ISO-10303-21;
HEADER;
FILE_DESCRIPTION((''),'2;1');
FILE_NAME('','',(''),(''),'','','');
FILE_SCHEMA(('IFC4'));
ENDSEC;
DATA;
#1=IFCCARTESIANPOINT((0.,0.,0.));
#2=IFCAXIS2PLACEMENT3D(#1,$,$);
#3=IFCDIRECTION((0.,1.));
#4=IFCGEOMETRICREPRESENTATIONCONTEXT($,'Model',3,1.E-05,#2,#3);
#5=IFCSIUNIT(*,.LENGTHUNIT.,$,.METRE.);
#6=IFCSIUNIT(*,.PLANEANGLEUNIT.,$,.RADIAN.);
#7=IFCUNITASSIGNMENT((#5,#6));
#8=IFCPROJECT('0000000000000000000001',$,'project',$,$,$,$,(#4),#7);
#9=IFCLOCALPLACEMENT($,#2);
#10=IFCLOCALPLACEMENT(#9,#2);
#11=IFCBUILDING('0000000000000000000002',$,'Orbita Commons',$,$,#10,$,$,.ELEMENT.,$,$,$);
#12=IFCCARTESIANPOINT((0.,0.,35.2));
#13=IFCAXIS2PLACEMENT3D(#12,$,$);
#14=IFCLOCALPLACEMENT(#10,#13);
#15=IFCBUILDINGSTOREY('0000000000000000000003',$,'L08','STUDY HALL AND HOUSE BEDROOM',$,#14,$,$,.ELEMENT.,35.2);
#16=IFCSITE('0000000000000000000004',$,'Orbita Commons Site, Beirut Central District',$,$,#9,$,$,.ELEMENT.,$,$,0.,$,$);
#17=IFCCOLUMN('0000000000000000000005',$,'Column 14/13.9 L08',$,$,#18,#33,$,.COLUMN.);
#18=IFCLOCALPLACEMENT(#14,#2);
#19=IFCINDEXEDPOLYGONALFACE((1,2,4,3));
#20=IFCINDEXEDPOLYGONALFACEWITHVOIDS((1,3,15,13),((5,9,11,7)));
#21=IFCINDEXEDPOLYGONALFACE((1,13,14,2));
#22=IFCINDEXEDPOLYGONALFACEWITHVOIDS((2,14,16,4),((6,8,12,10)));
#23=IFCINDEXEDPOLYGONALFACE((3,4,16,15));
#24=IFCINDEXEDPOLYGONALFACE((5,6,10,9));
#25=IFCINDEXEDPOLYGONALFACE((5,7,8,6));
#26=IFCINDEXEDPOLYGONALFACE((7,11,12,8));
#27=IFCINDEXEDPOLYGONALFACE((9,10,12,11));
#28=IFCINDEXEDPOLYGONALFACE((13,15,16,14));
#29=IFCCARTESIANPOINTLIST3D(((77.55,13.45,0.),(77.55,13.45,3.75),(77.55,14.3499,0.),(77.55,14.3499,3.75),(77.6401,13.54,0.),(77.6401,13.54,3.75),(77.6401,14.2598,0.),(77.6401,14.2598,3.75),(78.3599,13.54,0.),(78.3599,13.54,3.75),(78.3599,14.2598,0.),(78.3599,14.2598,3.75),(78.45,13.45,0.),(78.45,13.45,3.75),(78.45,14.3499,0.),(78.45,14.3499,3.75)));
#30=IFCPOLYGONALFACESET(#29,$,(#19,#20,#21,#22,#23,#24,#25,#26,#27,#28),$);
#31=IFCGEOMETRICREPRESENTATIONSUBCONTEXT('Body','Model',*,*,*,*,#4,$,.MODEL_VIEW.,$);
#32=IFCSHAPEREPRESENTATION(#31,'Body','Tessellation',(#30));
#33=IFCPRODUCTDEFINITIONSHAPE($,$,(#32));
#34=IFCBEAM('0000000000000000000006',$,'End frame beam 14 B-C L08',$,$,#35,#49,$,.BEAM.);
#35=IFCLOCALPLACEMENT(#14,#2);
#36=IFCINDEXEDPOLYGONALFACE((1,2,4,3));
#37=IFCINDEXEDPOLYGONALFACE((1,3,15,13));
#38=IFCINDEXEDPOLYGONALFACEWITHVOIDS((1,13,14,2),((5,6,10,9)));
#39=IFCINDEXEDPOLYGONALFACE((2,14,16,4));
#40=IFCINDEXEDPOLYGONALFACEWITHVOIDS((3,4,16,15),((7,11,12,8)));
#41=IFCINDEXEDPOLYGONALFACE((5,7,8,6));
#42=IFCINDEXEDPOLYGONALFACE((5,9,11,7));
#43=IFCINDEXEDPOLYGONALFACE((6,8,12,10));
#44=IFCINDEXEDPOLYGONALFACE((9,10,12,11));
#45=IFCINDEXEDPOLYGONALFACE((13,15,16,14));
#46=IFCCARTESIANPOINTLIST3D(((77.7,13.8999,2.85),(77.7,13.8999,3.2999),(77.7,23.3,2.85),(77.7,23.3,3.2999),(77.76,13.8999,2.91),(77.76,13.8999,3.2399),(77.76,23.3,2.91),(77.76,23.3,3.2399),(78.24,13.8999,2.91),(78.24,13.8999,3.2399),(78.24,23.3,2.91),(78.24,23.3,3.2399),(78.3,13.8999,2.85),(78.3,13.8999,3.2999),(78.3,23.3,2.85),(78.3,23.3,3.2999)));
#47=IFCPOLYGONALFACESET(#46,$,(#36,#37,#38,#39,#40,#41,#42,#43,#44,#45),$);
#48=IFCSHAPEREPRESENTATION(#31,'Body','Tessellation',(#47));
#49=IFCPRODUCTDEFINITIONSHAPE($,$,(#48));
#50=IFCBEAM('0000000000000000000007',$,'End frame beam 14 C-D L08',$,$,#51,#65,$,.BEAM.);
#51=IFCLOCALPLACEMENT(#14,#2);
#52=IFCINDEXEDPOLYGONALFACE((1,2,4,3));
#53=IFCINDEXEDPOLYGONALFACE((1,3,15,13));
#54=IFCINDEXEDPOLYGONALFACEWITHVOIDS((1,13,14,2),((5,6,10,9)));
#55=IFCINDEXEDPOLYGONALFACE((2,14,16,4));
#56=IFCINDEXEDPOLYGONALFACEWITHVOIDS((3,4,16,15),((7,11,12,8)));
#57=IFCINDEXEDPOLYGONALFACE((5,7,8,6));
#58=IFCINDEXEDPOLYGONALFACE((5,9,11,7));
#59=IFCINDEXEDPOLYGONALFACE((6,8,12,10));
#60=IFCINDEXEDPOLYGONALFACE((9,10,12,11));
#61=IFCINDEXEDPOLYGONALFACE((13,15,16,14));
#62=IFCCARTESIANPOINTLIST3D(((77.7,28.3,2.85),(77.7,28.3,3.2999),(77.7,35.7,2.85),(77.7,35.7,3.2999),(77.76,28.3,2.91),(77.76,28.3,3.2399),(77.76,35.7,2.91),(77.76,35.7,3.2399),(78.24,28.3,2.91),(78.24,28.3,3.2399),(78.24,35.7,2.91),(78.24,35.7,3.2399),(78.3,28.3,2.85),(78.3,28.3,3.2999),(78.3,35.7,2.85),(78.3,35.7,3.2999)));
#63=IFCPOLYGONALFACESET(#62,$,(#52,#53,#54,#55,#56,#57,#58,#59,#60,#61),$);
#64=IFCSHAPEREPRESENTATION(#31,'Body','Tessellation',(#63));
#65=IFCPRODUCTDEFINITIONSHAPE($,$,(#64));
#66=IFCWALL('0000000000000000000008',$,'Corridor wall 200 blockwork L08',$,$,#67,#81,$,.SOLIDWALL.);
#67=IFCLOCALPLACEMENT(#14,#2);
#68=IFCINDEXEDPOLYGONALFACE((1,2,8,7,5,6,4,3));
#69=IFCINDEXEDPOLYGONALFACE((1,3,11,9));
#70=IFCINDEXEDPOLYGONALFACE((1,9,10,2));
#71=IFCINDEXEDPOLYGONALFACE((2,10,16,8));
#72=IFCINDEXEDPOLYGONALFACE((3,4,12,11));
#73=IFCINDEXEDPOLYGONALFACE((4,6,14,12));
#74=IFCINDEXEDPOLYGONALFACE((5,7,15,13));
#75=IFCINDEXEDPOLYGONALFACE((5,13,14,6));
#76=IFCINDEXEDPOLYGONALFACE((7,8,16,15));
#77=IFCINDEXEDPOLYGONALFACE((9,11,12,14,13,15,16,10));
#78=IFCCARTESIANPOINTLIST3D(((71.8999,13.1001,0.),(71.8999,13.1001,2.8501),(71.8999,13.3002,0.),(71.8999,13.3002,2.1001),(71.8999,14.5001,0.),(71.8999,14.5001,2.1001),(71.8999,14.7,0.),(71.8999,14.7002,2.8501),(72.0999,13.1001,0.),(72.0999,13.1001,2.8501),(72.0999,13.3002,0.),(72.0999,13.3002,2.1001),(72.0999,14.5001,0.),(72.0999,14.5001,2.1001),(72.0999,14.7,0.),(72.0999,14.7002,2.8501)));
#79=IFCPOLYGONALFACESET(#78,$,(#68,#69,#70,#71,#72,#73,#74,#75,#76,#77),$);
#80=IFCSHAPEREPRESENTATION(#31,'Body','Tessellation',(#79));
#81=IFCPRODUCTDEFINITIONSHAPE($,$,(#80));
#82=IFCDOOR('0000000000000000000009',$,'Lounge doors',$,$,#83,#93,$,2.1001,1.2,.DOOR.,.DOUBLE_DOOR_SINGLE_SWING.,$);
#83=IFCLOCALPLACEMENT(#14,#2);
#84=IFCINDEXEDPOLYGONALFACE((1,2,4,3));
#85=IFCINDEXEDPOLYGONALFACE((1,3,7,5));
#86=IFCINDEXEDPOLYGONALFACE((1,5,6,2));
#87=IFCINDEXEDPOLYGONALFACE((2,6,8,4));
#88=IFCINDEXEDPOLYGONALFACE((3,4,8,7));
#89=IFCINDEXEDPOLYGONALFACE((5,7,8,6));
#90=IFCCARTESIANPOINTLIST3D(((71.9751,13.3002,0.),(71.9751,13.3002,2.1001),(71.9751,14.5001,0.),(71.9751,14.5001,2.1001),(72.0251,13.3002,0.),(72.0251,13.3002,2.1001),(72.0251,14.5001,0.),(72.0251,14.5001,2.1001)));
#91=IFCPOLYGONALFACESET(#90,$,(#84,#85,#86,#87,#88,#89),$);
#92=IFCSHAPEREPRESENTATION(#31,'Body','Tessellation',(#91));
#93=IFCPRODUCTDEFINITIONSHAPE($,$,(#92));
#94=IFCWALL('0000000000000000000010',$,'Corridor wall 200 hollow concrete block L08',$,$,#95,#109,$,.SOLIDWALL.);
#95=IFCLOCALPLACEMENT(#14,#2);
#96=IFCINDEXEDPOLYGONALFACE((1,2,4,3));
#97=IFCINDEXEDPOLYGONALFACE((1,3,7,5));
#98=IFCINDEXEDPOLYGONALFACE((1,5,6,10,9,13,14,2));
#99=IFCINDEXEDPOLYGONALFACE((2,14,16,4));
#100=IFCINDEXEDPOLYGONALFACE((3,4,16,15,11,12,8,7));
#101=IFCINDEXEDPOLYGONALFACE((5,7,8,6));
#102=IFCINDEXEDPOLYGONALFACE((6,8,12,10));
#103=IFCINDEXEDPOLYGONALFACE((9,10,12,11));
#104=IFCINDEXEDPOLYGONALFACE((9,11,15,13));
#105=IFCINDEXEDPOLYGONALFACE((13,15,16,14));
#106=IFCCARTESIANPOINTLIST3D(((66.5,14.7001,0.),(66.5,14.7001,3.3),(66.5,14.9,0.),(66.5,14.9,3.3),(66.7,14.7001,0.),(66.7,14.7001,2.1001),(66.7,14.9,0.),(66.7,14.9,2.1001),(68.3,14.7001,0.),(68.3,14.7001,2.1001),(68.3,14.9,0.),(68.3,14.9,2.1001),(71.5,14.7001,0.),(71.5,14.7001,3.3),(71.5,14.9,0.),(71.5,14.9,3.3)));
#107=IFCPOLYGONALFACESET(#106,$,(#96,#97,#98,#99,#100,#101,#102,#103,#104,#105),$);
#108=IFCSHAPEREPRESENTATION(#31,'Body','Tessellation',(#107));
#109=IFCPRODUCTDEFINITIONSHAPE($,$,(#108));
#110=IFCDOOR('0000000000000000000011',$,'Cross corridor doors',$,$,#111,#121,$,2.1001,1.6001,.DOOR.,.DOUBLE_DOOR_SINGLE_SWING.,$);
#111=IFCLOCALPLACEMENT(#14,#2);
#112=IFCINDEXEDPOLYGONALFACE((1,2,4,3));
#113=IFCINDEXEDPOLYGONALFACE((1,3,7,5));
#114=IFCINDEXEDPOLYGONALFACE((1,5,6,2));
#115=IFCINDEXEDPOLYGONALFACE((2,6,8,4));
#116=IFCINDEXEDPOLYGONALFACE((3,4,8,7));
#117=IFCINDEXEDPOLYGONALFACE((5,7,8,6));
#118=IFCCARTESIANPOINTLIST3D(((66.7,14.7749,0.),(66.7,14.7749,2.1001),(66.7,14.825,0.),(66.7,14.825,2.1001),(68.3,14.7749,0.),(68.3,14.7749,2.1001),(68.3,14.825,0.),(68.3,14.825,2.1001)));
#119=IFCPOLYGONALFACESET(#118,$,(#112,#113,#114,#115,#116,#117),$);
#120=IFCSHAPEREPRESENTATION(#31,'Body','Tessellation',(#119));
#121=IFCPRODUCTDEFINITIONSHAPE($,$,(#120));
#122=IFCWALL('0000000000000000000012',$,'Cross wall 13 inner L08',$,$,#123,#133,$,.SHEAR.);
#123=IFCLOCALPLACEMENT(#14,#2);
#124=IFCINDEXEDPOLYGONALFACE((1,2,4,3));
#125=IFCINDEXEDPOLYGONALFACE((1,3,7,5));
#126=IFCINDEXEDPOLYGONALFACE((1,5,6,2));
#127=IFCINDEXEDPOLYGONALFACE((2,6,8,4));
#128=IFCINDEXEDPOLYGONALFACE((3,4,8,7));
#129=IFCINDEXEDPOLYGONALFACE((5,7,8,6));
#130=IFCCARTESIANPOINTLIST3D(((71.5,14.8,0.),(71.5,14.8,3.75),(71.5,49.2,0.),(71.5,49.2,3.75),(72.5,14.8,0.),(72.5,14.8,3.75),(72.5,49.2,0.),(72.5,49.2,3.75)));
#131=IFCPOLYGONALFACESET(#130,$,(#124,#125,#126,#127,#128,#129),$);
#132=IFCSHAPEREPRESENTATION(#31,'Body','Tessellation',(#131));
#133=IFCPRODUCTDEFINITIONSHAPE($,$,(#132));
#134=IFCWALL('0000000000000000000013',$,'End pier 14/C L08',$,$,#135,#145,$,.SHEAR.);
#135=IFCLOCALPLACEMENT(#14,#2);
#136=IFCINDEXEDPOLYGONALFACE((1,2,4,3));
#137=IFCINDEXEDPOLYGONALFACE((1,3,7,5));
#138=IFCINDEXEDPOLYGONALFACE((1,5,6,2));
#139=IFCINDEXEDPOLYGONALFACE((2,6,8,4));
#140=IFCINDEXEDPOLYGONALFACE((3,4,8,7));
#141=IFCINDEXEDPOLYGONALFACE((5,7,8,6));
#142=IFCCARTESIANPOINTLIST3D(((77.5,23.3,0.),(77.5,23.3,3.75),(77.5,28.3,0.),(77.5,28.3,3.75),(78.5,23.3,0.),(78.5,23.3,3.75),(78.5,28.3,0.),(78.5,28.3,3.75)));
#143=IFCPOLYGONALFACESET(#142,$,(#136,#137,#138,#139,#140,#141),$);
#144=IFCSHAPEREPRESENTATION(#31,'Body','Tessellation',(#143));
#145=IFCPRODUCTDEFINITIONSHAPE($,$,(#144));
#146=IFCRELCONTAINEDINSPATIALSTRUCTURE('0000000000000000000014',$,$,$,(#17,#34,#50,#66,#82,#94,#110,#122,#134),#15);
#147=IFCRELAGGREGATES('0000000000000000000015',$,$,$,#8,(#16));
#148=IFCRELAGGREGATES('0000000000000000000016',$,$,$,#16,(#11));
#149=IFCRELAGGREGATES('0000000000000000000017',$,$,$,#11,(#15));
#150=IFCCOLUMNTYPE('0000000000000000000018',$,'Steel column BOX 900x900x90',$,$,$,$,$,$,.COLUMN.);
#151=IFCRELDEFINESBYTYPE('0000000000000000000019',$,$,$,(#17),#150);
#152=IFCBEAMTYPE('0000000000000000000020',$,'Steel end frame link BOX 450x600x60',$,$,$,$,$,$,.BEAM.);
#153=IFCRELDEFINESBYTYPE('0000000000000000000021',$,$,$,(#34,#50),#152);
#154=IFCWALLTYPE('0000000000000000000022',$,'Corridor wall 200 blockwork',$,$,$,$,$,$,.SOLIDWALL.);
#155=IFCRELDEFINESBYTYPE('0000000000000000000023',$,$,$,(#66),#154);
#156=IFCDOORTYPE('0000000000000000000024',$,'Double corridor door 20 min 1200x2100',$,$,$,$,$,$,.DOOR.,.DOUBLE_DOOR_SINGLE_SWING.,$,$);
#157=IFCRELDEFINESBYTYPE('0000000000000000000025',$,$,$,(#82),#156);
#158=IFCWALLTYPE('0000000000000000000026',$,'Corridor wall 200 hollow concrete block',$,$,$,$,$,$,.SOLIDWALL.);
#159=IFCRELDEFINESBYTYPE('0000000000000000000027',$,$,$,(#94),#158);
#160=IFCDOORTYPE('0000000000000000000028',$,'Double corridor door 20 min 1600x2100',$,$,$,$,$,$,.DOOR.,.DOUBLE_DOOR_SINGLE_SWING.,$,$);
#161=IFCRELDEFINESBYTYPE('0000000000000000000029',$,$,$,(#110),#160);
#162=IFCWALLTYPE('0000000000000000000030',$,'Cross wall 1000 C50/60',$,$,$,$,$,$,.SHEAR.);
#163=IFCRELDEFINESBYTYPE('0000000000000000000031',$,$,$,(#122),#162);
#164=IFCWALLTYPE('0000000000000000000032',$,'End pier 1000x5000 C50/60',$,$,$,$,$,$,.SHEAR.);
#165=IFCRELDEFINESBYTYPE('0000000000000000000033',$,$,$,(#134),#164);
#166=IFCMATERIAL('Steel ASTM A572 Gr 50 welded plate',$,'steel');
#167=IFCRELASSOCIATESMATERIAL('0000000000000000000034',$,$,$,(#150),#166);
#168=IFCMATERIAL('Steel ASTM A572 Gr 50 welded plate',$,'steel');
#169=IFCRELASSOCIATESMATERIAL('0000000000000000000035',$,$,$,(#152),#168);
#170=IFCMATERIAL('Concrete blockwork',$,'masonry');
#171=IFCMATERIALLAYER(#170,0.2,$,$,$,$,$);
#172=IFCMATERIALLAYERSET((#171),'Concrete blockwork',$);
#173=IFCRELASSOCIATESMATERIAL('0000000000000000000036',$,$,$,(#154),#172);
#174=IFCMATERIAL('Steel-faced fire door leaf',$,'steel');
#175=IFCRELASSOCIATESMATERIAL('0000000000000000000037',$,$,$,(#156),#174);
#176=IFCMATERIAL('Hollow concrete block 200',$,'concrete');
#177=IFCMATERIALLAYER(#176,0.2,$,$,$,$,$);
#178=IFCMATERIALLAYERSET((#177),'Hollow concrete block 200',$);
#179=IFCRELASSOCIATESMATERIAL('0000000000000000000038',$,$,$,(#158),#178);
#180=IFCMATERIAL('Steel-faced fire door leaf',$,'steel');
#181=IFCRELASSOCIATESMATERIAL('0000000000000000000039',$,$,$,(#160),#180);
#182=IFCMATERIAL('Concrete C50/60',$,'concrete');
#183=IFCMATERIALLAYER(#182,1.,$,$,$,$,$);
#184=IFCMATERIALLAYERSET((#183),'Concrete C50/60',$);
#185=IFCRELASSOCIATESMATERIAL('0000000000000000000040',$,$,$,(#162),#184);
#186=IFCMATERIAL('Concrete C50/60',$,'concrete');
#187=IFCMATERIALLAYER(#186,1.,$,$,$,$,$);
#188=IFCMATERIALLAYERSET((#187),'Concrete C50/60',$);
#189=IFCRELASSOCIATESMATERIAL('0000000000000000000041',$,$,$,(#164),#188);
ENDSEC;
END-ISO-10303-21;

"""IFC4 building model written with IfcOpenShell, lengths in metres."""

from ifc_helpers import new_model, si_unit, direction, frame, frame_2d, origin, origin_2d, place, context, subcontext, project, spatial, polyline, rectangle, hollow_rectangle, outline, extrude, material, layer, layer_set, material_profile, profile_set, type_object, element, fill, save


model = new_model("IFC4")

# Units and contexts
model_context = context("Model", 3, precision=1e-05, world=origin(), true_north=direction((0.0, 1.0)))
body_context = subcontext(model_context, "Body", "Model", "MODEL_VIEW")
ifc_project = project(units=[si_unit("LENGTHUNIT", "METRE"), si_unit("PLANEANGLEUNIT", "RADIAN")], contexts=[model_context])

# Site, building, storey
site_placement = place(None, origin())
site = spatial("IfcSite", under=ifc_project, at=site_placement, Name="Orbita Commons Site, Beirut Central District", CompositionType="ELEMENT", RefElevation=0.0)
building_placement = place(site_placement, origin())
building = spatial("IfcBuilding", under=site, at=building_placement, Name="Orbita Commons", CompositionType="ELEMENT")
storey_placement = place(building_placement, frame((0.0, 0.0, 35.2)))
storey = spatial("IfcBuildingStorey", under=building, at=storey_placement, Name="L08", Description="STUDY HALL AND HOUSE BEDROOM", CompositionType="ELEMENT", Elevation=35.2)

# Column
ifc_material_1 = material(Name="Steel ASTM A572 Gr 50 welded plate", Category="steel")
ifc_material_profile_1 = material_profile(ifc_material_1, hollow_rectangle(XDim=0.8999, YDim=0.8999, WallThickness=0.0901, at=origin_2d()), Name="BOX 900x900x90")
ifc_profile_set_1 = profile_set([ifc_material_profile_1], Name="Steel ASTM A572 Gr 50 welded plate")
column_type = type_object("IfcColumnType", Name="Steel column BOX 900x900x90", PredefinedType="COLUMN", material=ifc_profile_set_1)
column_placement = place(storey_placement, frame((78.0, 13.8999, 0.0), z_axis=(0.0, 0.0, 1.0), x_axis=(1.0, 0.0, 0.0)))
element("IfcColumn", 1, at=column_placement, inside=storey, type_object=column_type, Name="Column 14/13.9 L08", PredefinedType="COLUMN", context=body_context, shape_type="SweptSolid", body=[
    extrude(hollow_rectangle(XDim=0.8999, YDim=0.8999, WallThickness=0.0901, at=origin_2d()), origin(), (0.0, 0.0, 1.0), 3.75),
])

# Beams
ifc_material_2 = material(Name="Steel ASTM A572 Gr 50 welded plate", Category="steel")
ifc_material_profile_2 = material_profile(ifc_material_2, hollow_rectangle(XDim=0.6001, YDim=0.45, WallThickness=0.0601, at=origin_2d()), Name="BOX 450x600x60")
ifc_profile_set_2 = profile_set([ifc_material_profile_2], Name="Steel ASTM A572 Gr 50 welded plate")
beam_type = type_object("IfcBeamType", Name="Steel end frame link BOX 450x600x60", PredefinedType="BEAM", material=ifc_profile_set_2)
beam_1_placement = place(storey_placement, frame((78.0, 13.8999, 3.075), z_axis=(0.0, 1.0, 0.0), x_axis=(-1.0, 0.0, 0.0)))
element("IfcBeam", 2, at=beam_1_placement, inside=storey, type_object=beam_type, Name="End frame beam 14 B-C L08", PredefinedType="BEAM", context=body_context, shape_type="SweptSolid", body=[
    extrude(hollow_rectangle(XDim=0.6001, YDim=0.45, WallThickness=0.0601, at=origin_2d()), origin(), (0.0, 0.0, 1.0), 9.4001),
])
beam_2_placement = place(storey_placement, frame((78.0, 28.3, 3.075), z_axis=(0.0, 1.0, 0.0), x_axis=(-1.0, 0.0, 0.0)))
element("IfcBeam", 3, at=beam_2_placement, inside=storey, type_object=beam_type, Name="End frame beam 14 C-D L08", PredefinedType="BEAM", context=body_context, shape_type="SweptSolid", body=[
    extrude(hollow_rectangle(XDim=0.6001, YDim=0.45, WallThickness=0.0601, at=origin_2d()), origin(), (0.0, 0.0, 1.0), 7.3999),
])

# Walls, openings, doors
ifc_material_3 = material(Name="Concrete blockwork", Category="masonry")
ifc_layer_1 = layer(ifc_material_3, 0.2)
ifc_layer_set_1 = layer_set([ifc_layer_1], Name="Concrete blockwork")
wall_type_1 = type_object("IfcWallType", Name="Corridor wall 200 blockwork", PredefinedType="SOLIDWALL", material=ifc_layer_set_1)
wall_1_placement = place(storey_placement, frame((72.0, 13.1001, 0.0), z_axis=(0.0, 0.0, 1.0), x_axis=(0.0, 1.0, 0.0)))
wall_1 = element("IfcWall", 4, at=wall_1_placement, inside=storey, type_object=wall_type_1, Name="Corridor wall 200 blockwork L08", PredefinedType="SOLIDWALL", context=body_context, shape_type="SweptSolid", body=[
    extrude(outline(polyline([(0.0, 0.0), (1.5999, 0.0), (1.6001, 2.8501), (0.0, 2.8501), (0.0, 0.0)])), frame((0.0, 0.1001, 0.0), z_axis=(0.0, -1.0, 0.0), x_axis=(1.0, 0.0, 0.0)), (0.0, 0.0, 1.0), 0.2),
])
opening_1_placement = place(wall_1_placement, frame((0.2, 0.0, 0.0)))
opening_1 = element("IfcOpeningElement", 5, at=opening_1_placement, cuts=wall_1, PredefinedType="OPENING", context=body_context, shape_type="SweptSolid", body=[
    extrude(rectangle(XDim=1.2, YDim=2.1001, at=frame_2d((0.6001, 1.05))), frame((0.0, 0.1099, 0.0), z_axis=(0.0, -1.0, 0.0), x_axis=(1.0, 0.0, 0.0)), (0.0, 0.0, 1.0), 0.22),
])
ifc_material_4 = material(Name="Steel-faced fire door leaf", Category="steel")
door_type_1 = type_object("IfcDoorType", Name="Double corridor door 20 min 1200x2100", OperationType="DOUBLE_DOOR_SINGLE_SWING", PredefinedType="DOOR", material=ifc_material_4)
door_1_placement = place(opening_1_placement, origin())
door_1 = element("IfcDoor", 6, at=door_1_placement, inside=storey, type_object=door_type_1, Name="Lounge doors", OperationType="DOUBLE_DOOR_SINGLE_SWING", OverallHeight=2.1001, OverallWidth=1.2, PredefinedType="DOOR", context=body_context, shape_type="SweptSolid", body=[
    extrude(rectangle(XDim=1.2, YDim=2.1001, at=frame_2d((0.6001, 1.05))), frame((0.0, 0.0249, 0.0), z_axis=(0.0, -1.0, 0.0), x_axis=(1.0, 0.0, 0.0)), (0.0, 0.0, 1.0), 0.05),
])
fill(opening_1, door_1)
ifc_material_5 = material(Name="Hollow concrete block 200", Category="concrete")
ifc_layer_2 = layer(ifc_material_5, 0.2)
ifc_layer_set_2 = layer_set([ifc_layer_2], Name="Hollow concrete block 200")
wall_type_2 = type_object("IfcWallType", Name="Corridor wall 200 hollow concrete block", PredefinedType="SOLIDWALL", material=ifc_layer_set_2)
wall_2_placement = place(storey_placement, frame((66.5, 14.8, 0.0), z_axis=(0.0, 0.0, 1.0), x_axis=(1.0, 0.0, 0.0)))
wall_2 = element("IfcWall", 7, at=wall_2_placement, inside=storey, type_object=wall_type_2, Name="Corridor wall 200 hollow concrete block L08", PredefinedType="SOLIDWALL", context=body_context, shape_type="SweptSolid", body=[
    extrude(rectangle(XDim=5.0, YDim=0.2, at=frame_2d((2.5, 0.0))), origin(), (0.0, 0.0, 1.0), 3.3),
])
opening_2_placement = place(wall_2_placement, frame((0.2, 0.0, 0.0)))
opening_2 = element("IfcOpeningElement", 8, at=opening_2_placement, cuts=wall_2, PredefinedType="OPENING", context=body_context, shape_type="SweptSolid", body=[
    extrude(rectangle(XDim=1.6001, YDim=2.1001, at=frame_2d((0.8, 1.05))), frame((0.0, 0.1099, 0.0), z_axis=(0.0, -1.0, 0.0), x_axis=(1.0, 0.0, 0.0)), (0.0, 0.0, 1.0), 0.22),
])
ifc_material_6 = material(Name="Steel-faced fire door leaf", Category="steel")
door_type_2 = type_object("IfcDoorType", Name="Double corridor door 20 min 1600x2100", OperationType="DOUBLE_DOOR_SINGLE_SWING", PredefinedType="DOOR", material=ifc_material_6)
door_2_placement = place(opening_2_placement, origin())
door_2 = element("IfcDoor", 9, at=door_2_placement, inside=storey, type_object=door_type_2, Name="Cross corridor doors", OperationType="DOUBLE_DOOR_SINGLE_SWING", OverallHeight=2.1001, OverallWidth=1.6001, PredefinedType="DOOR", context=body_context, shape_type="SweptSolid", body=[
    extrude(rectangle(XDim=1.6001, YDim=2.1001, at=frame_2d((0.8, 1.05))), frame((0.0, 0.0249, 0.0), z_axis=(0.0, -1.0, 0.0), x_axis=(1.0, 0.0, 0.0)), (0.0, 0.0, 1.0), 0.05),
])
fill(opening_2, door_2)

# Walls
ifc_material_7 = material(Name="Concrete C50/60", Category="concrete")
ifc_layer_3 = layer(ifc_material_7, 1.0)
ifc_layer_set_3 = layer_set([ifc_layer_3], Name="Concrete C50/60")
wall_type_3 = type_object("IfcWallType", Name="Cross wall 1000 C50/60", PredefinedType="SHEAR", material=ifc_layer_set_3)
wall_3_placement = place(storey_placement, frame((72.0, 14.8, 0.0), z_axis=(0.0, 0.0, 1.0), x_axis=(0.0, 1.0, 0.0)))
element("IfcWall", 10, at=wall_3_placement, inside=storey, type_object=wall_type_3, Name="Cross wall 13 inner L08", PredefinedType="SHEAR", context=body_context, shape_type="SweptSolid", body=[
    extrude(rectangle(XDim=34.3999, YDim=1.0, at=frame_2d((17.2, 0.0))), origin(), (0.0, 0.0, 1.0), 3.75),
])
ifc_material_8 = material(Name="Concrete C50/60", Category="concrete")
ifc_layer_4 = layer(ifc_material_8, 1.0)
ifc_layer_set_4 = layer_set([ifc_layer_4], Name="Concrete C50/60")
wall_type_4 = type_object("IfcWallType", Name="End pier 1000x5000 C50/60", PredefinedType="SHEAR", material=ifc_layer_set_4)
wall_4_placement = place(storey_placement, frame((78.0, 23.3, 0.0), z_axis=(0.0, 0.0, 1.0), x_axis=(0.0, 1.0, 0.0)))
element("IfcWall", 11, at=wall_4_placement, inside=storey, type_object=wall_type_4, Name="End pier 14/C L08", PredefinedType="SHEAR", context=body_context, shape_type="SweptSolid", body=[
    extrude(rectangle(XDim=5.0, YDim=1.0, at=frame_2d((2.5, 0.0))), origin(), (0.0, 0.0, 1.0), 3.75),
])

save(model, "model.ifc")
